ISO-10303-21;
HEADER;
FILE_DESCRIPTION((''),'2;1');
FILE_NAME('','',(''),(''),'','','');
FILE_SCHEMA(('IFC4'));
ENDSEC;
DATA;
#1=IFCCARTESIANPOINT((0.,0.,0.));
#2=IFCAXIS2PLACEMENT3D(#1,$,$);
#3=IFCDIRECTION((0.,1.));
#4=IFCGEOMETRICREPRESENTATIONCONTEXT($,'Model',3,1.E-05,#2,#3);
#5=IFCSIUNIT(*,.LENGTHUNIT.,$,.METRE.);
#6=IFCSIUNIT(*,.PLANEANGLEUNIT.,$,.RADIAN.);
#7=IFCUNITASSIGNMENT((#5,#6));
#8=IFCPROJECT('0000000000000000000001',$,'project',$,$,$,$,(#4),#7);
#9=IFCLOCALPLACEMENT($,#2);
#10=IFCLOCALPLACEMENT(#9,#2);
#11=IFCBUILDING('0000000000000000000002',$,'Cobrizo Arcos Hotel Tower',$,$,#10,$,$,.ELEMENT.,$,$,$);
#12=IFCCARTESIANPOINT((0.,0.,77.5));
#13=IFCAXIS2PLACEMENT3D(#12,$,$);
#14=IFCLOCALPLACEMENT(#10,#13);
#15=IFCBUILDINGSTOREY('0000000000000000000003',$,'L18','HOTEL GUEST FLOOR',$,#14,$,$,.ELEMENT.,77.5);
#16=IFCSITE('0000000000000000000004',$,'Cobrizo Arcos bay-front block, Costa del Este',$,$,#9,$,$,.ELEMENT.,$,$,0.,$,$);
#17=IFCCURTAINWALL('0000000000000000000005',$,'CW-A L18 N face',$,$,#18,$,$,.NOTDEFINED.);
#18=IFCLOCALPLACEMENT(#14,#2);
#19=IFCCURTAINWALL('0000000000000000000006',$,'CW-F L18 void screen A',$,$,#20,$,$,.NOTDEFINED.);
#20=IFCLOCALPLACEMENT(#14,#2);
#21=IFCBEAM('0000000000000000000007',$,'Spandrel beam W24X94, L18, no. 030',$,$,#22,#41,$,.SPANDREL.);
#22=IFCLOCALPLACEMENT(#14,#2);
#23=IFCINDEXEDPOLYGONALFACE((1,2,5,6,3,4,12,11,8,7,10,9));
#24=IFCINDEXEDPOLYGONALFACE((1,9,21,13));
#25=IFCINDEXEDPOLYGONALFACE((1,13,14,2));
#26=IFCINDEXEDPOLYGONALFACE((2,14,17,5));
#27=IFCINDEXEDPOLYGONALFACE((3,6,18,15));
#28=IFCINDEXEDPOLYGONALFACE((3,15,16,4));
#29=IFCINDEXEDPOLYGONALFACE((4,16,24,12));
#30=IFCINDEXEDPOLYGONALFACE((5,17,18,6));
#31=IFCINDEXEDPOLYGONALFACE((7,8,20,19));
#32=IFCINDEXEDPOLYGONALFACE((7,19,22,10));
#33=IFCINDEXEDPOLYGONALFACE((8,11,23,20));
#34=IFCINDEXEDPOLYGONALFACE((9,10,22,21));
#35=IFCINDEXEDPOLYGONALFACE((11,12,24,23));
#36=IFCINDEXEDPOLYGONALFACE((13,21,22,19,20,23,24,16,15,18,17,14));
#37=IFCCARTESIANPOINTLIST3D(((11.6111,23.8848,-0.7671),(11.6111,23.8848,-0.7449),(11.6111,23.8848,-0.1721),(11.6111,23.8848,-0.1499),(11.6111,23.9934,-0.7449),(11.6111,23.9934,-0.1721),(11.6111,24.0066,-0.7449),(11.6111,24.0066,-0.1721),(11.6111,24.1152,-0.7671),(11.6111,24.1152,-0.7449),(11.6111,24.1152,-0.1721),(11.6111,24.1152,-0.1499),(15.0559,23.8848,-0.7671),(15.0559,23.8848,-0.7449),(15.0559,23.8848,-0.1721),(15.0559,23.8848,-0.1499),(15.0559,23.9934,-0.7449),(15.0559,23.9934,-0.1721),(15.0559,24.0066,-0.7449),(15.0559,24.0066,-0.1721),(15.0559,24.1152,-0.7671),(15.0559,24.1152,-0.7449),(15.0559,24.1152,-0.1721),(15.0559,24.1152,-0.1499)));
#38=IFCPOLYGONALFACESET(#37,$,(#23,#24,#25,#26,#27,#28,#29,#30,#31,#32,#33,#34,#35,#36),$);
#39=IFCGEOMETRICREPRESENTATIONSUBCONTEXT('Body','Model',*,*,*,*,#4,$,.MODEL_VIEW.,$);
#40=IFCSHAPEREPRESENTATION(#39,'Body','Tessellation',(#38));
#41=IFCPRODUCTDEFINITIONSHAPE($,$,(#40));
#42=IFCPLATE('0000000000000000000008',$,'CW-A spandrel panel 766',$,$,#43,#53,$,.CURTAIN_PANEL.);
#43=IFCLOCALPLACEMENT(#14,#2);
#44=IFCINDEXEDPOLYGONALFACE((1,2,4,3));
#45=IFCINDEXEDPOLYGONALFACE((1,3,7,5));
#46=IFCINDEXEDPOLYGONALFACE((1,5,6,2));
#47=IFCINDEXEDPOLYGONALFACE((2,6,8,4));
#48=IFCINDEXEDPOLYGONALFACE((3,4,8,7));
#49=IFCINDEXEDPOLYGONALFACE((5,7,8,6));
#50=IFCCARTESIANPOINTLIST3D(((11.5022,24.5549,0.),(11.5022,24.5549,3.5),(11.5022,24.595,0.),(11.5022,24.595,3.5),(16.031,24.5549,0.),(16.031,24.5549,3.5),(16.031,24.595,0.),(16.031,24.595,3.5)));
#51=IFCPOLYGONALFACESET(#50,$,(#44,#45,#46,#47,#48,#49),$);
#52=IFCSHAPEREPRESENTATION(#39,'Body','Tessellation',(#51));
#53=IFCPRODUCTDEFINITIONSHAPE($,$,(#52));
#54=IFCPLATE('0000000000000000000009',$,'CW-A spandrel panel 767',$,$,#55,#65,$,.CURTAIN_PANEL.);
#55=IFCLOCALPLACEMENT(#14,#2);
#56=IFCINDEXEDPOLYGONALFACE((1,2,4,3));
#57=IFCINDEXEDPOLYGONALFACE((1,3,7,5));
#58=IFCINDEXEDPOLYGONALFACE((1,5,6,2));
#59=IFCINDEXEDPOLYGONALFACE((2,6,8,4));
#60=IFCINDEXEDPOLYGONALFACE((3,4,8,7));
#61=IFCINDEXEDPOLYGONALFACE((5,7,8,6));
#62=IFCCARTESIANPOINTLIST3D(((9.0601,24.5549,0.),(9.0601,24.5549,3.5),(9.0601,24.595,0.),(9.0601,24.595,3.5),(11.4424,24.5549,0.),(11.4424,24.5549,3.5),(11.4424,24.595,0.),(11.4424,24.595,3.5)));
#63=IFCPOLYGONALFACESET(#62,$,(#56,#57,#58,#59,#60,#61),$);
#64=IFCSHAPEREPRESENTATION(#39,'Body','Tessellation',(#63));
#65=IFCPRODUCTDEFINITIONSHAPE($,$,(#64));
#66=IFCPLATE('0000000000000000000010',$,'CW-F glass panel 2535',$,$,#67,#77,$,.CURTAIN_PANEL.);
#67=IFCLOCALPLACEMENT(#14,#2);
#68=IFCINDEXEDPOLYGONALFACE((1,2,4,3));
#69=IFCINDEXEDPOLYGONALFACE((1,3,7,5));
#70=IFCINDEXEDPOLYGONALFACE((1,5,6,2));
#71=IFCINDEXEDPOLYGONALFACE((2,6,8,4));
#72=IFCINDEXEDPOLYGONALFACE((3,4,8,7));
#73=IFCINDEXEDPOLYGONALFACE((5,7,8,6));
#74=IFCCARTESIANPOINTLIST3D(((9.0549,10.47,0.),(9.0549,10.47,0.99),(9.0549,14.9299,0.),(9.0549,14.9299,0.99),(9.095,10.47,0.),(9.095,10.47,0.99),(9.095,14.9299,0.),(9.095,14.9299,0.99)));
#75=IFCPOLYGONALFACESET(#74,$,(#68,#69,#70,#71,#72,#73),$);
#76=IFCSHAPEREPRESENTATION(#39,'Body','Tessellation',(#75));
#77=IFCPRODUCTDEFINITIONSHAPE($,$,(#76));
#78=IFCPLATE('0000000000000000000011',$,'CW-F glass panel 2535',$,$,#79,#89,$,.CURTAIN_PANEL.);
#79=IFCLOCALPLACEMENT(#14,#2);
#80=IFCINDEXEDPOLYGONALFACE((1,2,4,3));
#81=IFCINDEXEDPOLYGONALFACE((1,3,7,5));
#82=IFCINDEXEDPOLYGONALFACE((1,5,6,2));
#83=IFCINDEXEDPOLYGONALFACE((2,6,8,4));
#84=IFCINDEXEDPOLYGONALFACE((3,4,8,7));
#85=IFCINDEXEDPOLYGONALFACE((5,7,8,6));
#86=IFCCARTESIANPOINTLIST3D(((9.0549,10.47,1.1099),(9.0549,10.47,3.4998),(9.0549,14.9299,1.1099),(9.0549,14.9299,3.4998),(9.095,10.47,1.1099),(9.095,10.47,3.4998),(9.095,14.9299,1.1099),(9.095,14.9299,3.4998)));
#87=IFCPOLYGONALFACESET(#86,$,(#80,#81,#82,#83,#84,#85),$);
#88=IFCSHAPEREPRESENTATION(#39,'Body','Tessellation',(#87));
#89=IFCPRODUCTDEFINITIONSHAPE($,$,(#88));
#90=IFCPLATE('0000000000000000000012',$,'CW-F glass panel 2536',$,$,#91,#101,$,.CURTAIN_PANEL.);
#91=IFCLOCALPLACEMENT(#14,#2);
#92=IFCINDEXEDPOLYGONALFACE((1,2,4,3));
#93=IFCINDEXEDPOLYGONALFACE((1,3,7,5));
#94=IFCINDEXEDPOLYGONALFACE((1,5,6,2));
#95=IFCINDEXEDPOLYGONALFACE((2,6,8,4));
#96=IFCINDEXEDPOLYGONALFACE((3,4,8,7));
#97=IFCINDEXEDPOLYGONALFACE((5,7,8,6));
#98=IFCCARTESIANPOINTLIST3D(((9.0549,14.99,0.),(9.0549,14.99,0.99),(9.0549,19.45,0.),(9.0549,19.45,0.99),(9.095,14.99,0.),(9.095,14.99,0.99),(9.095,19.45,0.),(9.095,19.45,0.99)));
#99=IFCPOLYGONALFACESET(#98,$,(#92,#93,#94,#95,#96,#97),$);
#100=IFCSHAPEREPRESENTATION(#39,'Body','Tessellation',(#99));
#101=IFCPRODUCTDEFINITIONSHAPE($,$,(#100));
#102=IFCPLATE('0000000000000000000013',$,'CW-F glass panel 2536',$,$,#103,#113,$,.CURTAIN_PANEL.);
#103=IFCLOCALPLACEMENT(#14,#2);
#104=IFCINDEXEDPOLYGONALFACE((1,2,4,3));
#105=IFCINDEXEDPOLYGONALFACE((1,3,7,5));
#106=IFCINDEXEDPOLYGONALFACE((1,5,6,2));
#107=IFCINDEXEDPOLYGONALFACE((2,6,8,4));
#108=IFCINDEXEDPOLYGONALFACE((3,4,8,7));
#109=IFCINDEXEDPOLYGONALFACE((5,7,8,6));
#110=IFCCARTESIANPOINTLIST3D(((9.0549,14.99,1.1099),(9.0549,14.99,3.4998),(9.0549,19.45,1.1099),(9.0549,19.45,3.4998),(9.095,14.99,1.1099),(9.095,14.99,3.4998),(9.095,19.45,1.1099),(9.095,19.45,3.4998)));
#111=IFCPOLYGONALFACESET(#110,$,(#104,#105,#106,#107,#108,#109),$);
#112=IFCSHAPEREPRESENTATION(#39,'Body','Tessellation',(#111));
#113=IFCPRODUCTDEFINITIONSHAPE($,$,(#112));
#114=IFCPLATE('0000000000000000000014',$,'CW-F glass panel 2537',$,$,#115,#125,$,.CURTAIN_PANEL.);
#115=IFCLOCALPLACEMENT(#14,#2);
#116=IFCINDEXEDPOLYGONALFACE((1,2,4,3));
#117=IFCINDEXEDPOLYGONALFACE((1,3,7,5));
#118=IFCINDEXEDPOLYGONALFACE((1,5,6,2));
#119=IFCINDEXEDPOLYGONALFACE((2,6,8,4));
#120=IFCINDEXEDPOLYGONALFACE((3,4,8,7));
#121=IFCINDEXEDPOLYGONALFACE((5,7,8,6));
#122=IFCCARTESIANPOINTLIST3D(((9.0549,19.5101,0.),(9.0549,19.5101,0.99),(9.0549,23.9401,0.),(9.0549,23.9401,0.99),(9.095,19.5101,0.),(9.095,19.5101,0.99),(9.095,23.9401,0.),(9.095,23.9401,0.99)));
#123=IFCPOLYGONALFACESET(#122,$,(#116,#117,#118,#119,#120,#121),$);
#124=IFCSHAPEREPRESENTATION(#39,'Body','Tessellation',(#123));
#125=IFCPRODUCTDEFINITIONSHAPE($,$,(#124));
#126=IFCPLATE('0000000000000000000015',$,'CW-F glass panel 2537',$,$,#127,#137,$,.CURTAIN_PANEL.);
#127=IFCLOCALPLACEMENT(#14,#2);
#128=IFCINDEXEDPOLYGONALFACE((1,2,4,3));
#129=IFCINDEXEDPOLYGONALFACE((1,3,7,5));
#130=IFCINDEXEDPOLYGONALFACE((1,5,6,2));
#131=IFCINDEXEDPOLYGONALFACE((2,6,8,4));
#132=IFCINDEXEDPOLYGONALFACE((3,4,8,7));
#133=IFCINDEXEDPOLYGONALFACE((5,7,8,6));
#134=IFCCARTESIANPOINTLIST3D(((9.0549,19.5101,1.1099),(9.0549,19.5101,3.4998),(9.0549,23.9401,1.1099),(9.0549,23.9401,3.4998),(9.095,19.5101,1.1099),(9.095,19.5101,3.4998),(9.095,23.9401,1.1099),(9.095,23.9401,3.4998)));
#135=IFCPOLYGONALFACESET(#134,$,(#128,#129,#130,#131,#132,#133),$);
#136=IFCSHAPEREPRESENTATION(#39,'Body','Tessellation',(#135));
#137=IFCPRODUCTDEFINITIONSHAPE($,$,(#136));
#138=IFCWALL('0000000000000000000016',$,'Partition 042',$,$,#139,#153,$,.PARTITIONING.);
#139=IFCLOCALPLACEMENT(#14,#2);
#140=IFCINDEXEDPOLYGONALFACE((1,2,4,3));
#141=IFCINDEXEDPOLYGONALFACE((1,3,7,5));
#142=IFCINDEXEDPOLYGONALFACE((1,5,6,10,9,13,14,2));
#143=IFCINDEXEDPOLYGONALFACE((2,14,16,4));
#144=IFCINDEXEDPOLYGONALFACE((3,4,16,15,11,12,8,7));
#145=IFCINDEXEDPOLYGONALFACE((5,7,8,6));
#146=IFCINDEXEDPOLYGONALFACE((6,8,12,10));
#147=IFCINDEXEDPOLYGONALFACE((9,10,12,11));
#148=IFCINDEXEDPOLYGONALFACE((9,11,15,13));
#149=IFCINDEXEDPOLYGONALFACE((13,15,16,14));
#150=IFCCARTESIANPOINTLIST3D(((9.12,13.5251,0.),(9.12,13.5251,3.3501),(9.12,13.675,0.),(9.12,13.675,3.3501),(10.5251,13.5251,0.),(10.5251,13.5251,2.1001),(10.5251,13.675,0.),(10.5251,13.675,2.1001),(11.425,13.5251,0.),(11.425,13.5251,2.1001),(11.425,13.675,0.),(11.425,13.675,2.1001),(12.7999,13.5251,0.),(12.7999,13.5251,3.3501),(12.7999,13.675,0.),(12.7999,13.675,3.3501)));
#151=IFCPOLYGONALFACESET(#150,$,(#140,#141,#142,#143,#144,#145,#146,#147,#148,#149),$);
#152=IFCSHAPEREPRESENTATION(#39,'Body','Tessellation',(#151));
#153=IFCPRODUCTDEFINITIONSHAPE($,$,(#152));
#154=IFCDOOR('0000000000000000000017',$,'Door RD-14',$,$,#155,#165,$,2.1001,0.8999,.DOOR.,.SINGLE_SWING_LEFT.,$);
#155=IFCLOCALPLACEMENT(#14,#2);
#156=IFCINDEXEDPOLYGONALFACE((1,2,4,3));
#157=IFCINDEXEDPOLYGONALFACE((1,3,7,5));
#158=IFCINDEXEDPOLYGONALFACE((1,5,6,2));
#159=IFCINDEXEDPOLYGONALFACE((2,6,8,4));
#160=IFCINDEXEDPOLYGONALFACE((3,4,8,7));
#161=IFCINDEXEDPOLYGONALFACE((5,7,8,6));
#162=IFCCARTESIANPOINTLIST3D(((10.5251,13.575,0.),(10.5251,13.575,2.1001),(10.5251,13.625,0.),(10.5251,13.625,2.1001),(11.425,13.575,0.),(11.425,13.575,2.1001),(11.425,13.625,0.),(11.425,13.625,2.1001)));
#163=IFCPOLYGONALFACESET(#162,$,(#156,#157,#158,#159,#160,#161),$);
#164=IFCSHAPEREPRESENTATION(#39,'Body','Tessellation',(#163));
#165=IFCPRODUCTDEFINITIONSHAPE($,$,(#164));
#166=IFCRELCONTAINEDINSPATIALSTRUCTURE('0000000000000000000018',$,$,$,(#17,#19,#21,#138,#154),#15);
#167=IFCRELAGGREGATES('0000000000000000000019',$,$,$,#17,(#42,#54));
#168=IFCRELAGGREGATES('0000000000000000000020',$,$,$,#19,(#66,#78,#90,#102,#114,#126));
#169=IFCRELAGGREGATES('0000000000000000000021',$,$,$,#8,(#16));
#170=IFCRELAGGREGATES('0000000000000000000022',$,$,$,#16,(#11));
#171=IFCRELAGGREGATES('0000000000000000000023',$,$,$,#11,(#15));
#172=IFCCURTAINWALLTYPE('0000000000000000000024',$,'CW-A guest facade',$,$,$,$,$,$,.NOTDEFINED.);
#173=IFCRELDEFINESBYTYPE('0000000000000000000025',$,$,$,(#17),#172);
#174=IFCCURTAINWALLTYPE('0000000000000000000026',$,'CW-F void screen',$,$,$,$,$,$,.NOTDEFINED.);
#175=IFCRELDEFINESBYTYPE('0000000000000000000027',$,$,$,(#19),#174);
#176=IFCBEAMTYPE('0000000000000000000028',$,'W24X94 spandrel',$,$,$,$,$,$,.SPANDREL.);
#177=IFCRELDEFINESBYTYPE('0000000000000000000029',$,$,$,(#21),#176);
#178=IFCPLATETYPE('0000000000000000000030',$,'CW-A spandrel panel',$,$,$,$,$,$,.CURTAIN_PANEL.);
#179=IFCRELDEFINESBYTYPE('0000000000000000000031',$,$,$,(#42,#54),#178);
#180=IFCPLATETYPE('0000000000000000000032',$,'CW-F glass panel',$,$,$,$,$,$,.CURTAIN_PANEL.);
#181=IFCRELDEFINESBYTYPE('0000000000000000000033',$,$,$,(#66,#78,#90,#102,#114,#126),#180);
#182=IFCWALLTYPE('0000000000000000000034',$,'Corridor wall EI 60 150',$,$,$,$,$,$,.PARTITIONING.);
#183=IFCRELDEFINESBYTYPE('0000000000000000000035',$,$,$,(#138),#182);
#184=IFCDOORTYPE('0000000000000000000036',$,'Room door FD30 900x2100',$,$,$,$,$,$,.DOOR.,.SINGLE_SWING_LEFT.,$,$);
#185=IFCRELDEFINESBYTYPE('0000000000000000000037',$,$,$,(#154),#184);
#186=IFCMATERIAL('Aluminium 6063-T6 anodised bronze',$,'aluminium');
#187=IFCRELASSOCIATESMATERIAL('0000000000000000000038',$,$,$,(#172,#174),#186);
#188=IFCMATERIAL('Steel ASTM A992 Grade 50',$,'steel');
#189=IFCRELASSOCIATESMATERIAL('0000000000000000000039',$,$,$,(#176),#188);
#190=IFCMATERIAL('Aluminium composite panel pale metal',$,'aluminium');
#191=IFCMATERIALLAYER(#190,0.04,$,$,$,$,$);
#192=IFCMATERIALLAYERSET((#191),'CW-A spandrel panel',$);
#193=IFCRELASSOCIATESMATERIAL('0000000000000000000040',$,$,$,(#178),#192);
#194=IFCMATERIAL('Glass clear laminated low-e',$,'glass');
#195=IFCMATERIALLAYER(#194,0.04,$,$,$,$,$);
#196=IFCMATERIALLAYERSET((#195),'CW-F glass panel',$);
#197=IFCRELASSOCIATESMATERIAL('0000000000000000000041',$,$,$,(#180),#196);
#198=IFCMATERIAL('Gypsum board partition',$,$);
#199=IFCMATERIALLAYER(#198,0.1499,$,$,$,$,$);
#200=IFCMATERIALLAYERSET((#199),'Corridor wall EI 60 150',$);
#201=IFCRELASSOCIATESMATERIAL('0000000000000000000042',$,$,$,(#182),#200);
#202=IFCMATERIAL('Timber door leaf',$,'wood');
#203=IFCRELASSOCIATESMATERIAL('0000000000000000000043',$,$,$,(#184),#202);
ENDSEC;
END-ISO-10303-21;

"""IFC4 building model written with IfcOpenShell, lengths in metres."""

from ifc_helpers import new_model, si_unit, direction, frame, frame_2d, origin, origin_2d, place, context, subcontext, project, spatial, rectangle, i_section, extrude, material, layer, layer_set, material_profile, profile_set, type_object, element, fill, aggregate, save


model = new_model("IFC4")

# Units and contexts
model_context = context("Model", 3, precision=1e-05, world=origin(), true_north=direction((0.0, 1.0)))
body_context = subcontext(model_context, "Body", "Model", "MODEL_VIEW")
ifc_project = project(units=[si_unit("LENGTHUNIT", "METRE"), si_unit("PLANEANGLEUNIT", "RADIAN")], contexts=[model_context])

# Site, building, storey
site_placement = place(None, origin())
site = spatial("IfcSite", under=ifc_project, at=site_placement, Name="Cobrizo Arcos bay-front block, Costa del Este", CompositionType="ELEMENT", RefElevation=0.0)
building_placement = place(site_placement, origin())
building = spatial("IfcBuilding", under=site, at=building_placement, Name="Cobrizo Arcos Hotel Tower", CompositionType="ELEMENT")
storey_placement = place(building_placement, frame((0.0, 0.0, 77.5)))
storey = spatial("IfcBuildingStorey", under=building, at=storey_placement, Name="L18", Description="HOTEL GUEST FLOOR", CompositionType="ELEMENT", Elevation=77.5)

# Curtain walls
ifc_material_1 = material(Name="Aluminium 6063-T6 anodised bronze", Category="aluminium")
curtain_wall_type_1 = type_object("IfcCurtainWallType", Name="CW-A guest facade", PredefinedType="NOTDEFINED", material=ifc_material_1)
curtain_wall_1_placement = place(storey_placement, origin())
curtain_wall_1 = element("IfcCurtainWall", 1, at=curtain_wall_1_placement, inside=storey, type_object=curtain_wall_type_1, Name="CW-A L18 N face", PredefinedType="NOTDEFINED")
curtain_wall_type_2 = type_object("IfcCurtainWallType", Name="CW-F void screen", PredefinedType="NOTDEFINED", material=ifc_material_1)
curtain_wall_2_placement = place(storey_placement, origin())
curtain_wall_2 = element("IfcCurtainWall", 2, at=curtain_wall_2_placement, inside=storey, type_object=curtain_wall_type_2, Name="CW-F L18 void screen A", PredefinedType="NOTDEFINED")

# Beam
ifc_material_2 = material(Name="Steel ASTM A992 Grade 50", Category="steel")
ifc_material_profile_1 = material_profile(ifc_material_2, i_section(OverallWidth=0.2305, OverallDepth=0.6172, WebThickness=0.0132, FlangeThickness=0.0222, at=origin_2d()), Name="W24X94")
ifc_profile_set_1 = profile_set([ifc_material_profile_1], Name="Steel ASTM A992 Grade 50")
beam_type = type_object("IfcBeamType", Name="W24X94 spandrel", PredefinedType="SPANDREL", material=ifc_profile_set_1)
beam_1_placement = place(storey_placement, frame((11.6111, 24.0, -0.4585), z_axis=(1.0, 0.0, 0.0), x_axis=(0.0, 1.0, 0.0)))
element("IfcBeam", 3, at=beam_1_placement, inside=storey, type_object=beam_type, Name="Spandrel beam W24X94, L18, no. 030", PredefinedType="SPANDREL", context=body_context, shape_type="SweptSolid", body=[
    extrude(i_section(OverallWidth=0.2305, OverallDepth=0.6172, WebThickness=0.0132, FlangeThickness=0.0222, at=origin_2d()), origin(), (0.0, 0.0, 1.0), 3.4448),
])

# Plates
ifc_material_3 = material(Name="Aluminium composite panel pale metal", Category="aluminium")
ifc_layer_1 = layer(ifc_material_3, 0.04)
ifc_layer_set_1 = layer_set([ifc_layer_1], Name="CW-A spandrel panel")
plate_type_1 = type_object("IfcPlateType", Name="CW-A spandrel panel", PredefinedType="CURTAIN_PANEL", material=ifc_layer_set_1)
plate_1_placement = place(storey_placement, frame((13.7666, 24.575, 0.0), z_axis=(0.0, 0.0, 1.0), x_axis=(-1.0, 0.0, 0.0)))
plate_1 = element("IfcPlate", 4, at=plate_1_placement, type_object=plate_type_1, Name="CW-A spandrel panel 766", PredefinedType="CURTAIN_PANEL", context=body_context, shape_type="SweptSolid", body=[
    extrude(rectangle(XDim=4.5288, YDim=0.04, at=origin_2d()), origin(), (0.0, 0.0, 1.0), 3.5),
])
plate_2_placement = place(storey_placement, frame((10.2512, 24.575, 0.0), z_axis=(0.0, 0.0, 1.0), x_axis=(-1.0, 0.0, 0.0)))
plate_2 = element("IfcPlate", 5, at=plate_2_placement, type_object=plate_type_1, Name="CW-A spandrel panel 767", PredefinedType="CURTAIN_PANEL", context=body_context, shape_type="SweptSolid", body=[
    extrude(rectangle(XDim=2.3823, YDim=0.04, at=origin_2d()), origin(), (0.0, 0.0, 1.0), 3.5),
])
aggregate(curtain_wall_1, [plate_1, plate_2])
ifc_material_4 = material(Name="Glass clear laminated low-e", Category="glass")
ifc_layer_2 = layer(ifc_material_4, 0.04)
ifc_layer_set_2 = layer_set([ifc_layer_2], Name="CW-F glass panel")
plate_type_2 = type_object("IfcPlateType", Name="CW-F glass panel", PredefinedType="CURTAIN_PANEL", material=ifc_layer_set_2)
plate_3_placement = place(storey_placement, frame((9.075, 12.7, 0.0), z_axis=(0.0, 0.0, 1.0), x_axis=(0.0, 1.0, 0.0)))
plate_3 = element("IfcPlate", 6, at=plate_3_placement, type_object=plate_type_2, Name="CW-F glass panel 2535", PredefinedType="CURTAIN_PANEL", context=body_context, shape_type="SweptSolid", body=[
    extrude(rectangle(XDim=4.46, YDim=0.04, at=origin_2d()), origin(), (0.0, 0.0, 1.0), 0.99),
])
plate_4_placement = place(storey_placement, frame((9.075, 12.7, 1.1099), z_axis=(0.0, 0.0, 1.0), x_axis=(0.0, 1.0, 0.0)))
plate_4 = element("IfcPlate", 7, at=plate_4_placement, type_object=plate_type_2, Name="CW-F glass panel 2535", PredefinedType="CURTAIN_PANEL", context=body_context, shape_type="SweptSolid", body=[
    extrude(rectangle(XDim=4.46, YDim=0.04, at=origin_2d()), origin(), (0.0, 0.0, 1.0), 2.3899),
])
plate_5_placement = place(storey_placement, frame((9.075, 17.22, 0.0), z_axis=(0.0, 0.0, 1.0), x_axis=(0.0, 1.0, 0.0)))
plate_5 = element("IfcPlate", 8, at=plate_5_placement, type_object=plate_type_2, Name="CW-F glass panel 2536", PredefinedType="CURTAIN_PANEL", context=body_context, shape_type="SweptSolid", body=[
    extrude(rectangle(XDim=4.46, YDim=0.04, at=origin_2d()), origin(), (0.0, 0.0, 1.0), 0.99),
])
plate_6_placement = place(storey_placement, frame((9.075, 17.22, 1.1099), z_axis=(0.0, 0.0, 1.0), x_axis=(0.0, 1.0, 0.0)))
plate_6 = element("IfcPlate", 9, at=plate_6_placement, type_object=plate_type_2, Name="CW-F glass panel 2536", PredefinedType="CURTAIN_PANEL", context=body_context, shape_type="SweptSolid", body=[
    extrude(rectangle(XDim=4.46, YDim=0.04, at=origin_2d()), origin(), (0.0, 0.0, 1.0), 2.3899),
])
plate_7_placement = place(storey_placement, frame((9.075, 21.7251, 0.0), z_axis=(0.0, 0.0, 1.0), x_axis=(0.0, 1.0, 0.0)))
plate_7 = element("IfcPlate", 10, at=plate_7_placement, type_object=plate_type_2, Name="CW-F glass panel 2537", PredefinedType="CURTAIN_PANEL", context=body_context, shape_type="SweptSolid", body=[
    extrude(rectangle(XDim=4.4299, YDim=0.04, at=origin_2d()), origin(), (0.0, 0.0, 1.0), 0.99),
])
plate_8_placement = place(storey_placement, frame((9.075, 21.7251, 1.1099), z_axis=(0.0, 0.0, 1.0), x_axis=(0.0, 1.0, 0.0)))
plate_8 = element("IfcPlate", 11, at=plate_8_placement, type_object=plate_type_2, Name="CW-F glass panel 2537", PredefinedType="CURTAIN_PANEL", context=body_context, shape_type="SweptSolid", body=[
    extrude(rectangle(XDim=4.4299, YDim=0.04, at=origin_2d()), origin(), (0.0, 0.0, 1.0), 2.3899),
])
aggregate(curtain_wall_2, [plate_3, plate_4, plate_5, plate_6, plate_7, plate_8])

# Wall, opening, door
ifc_material_5 = material(Name="Gypsum board partition")
ifc_layer_3 = layer(ifc_material_5, 0.1499)
ifc_layer_set_3 = layer_set([ifc_layer_3], Name="Corridor wall EI 60 150")
wall_type_1 = type_object("IfcWallType", Name="Corridor wall EI 60 150", PredefinedType="PARTITIONING", material=ifc_layer_set_3)
wall_1_placement = place(storey_placement, frame((9.1201, 13.6001, 0.0), z_axis=(0.0, 0.0, 1.0), x_axis=(1.0, 0.0, 0.0)))
wall_1 = element("IfcWall", 12, at=wall_1_placement, inside=storey, type_object=wall_type_1, Name="Partition 042", PredefinedType="PARTITIONING", context=body_context, shape_type="SweptSolid", body=[
    extrude(rectangle(XDim=3.6799, YDim=0.1499, at=frame_2d((1.8398, 0.0))), origin(), (0.0, 0.0, 1.0), 3.3501),
])
opening_1_placement = place(wall_1_placement, frame((1.405, 0.0, 0.0)))
opening_1 = element("IfcOpeningElement", 13, at=opening_1_placement, cuts=wall_1, PredefinedType="OPENING", context=body_context, shape_type="SweptSolid", body=[
    extrude(rectangle(XDim=0.8999, YDim=2.1001, at=frame_2d((0.45, 1.05))), frame((0.0, 0.0869, 0.0), z_axis=(0.0, -1.0, 0.0), x_axis=(1.0, 0.0, 0.0)), (0.0, 0.0, 1.0), 0.1738),
])
ifc_material_6 = material(Name="Timber door leaf", Category="wood")
door_type_1 = type_object("IfcDoorType", Name="Room door FD30 900x2100", OperationType="SINGLE_SWING_LEFT", PredefinedType="DOOR", material=ifc_material_6)
door_1_placement = place(opening_1_placement, origin())
door_1 = element("IfcDoor", 14, at=door_1_placement, inside=storey, type_object=door_type_1, Name="Door RD-14", OperationType="SINGLE_SWING_LEFT", OverallHeight=2.1001, OverallWidth=0.8999, PredefinedType="DOOR", context=body_context, shape_type="SweptSolid", body=[
    extrude(rectangle(XDim=0.8999, YDim=2.1001, at=frame_2d((0.45, 1.05))), frame((0.0, 0.0249, 0.0), z_axis=(0.0, -1.0, 0.0), x_axis=(1.0, 0.0, 0.0)), (0.0, 0.0, 1.0), 0.05),
])
fill(opening_1, door_1)

save(model, "model.ifc")
